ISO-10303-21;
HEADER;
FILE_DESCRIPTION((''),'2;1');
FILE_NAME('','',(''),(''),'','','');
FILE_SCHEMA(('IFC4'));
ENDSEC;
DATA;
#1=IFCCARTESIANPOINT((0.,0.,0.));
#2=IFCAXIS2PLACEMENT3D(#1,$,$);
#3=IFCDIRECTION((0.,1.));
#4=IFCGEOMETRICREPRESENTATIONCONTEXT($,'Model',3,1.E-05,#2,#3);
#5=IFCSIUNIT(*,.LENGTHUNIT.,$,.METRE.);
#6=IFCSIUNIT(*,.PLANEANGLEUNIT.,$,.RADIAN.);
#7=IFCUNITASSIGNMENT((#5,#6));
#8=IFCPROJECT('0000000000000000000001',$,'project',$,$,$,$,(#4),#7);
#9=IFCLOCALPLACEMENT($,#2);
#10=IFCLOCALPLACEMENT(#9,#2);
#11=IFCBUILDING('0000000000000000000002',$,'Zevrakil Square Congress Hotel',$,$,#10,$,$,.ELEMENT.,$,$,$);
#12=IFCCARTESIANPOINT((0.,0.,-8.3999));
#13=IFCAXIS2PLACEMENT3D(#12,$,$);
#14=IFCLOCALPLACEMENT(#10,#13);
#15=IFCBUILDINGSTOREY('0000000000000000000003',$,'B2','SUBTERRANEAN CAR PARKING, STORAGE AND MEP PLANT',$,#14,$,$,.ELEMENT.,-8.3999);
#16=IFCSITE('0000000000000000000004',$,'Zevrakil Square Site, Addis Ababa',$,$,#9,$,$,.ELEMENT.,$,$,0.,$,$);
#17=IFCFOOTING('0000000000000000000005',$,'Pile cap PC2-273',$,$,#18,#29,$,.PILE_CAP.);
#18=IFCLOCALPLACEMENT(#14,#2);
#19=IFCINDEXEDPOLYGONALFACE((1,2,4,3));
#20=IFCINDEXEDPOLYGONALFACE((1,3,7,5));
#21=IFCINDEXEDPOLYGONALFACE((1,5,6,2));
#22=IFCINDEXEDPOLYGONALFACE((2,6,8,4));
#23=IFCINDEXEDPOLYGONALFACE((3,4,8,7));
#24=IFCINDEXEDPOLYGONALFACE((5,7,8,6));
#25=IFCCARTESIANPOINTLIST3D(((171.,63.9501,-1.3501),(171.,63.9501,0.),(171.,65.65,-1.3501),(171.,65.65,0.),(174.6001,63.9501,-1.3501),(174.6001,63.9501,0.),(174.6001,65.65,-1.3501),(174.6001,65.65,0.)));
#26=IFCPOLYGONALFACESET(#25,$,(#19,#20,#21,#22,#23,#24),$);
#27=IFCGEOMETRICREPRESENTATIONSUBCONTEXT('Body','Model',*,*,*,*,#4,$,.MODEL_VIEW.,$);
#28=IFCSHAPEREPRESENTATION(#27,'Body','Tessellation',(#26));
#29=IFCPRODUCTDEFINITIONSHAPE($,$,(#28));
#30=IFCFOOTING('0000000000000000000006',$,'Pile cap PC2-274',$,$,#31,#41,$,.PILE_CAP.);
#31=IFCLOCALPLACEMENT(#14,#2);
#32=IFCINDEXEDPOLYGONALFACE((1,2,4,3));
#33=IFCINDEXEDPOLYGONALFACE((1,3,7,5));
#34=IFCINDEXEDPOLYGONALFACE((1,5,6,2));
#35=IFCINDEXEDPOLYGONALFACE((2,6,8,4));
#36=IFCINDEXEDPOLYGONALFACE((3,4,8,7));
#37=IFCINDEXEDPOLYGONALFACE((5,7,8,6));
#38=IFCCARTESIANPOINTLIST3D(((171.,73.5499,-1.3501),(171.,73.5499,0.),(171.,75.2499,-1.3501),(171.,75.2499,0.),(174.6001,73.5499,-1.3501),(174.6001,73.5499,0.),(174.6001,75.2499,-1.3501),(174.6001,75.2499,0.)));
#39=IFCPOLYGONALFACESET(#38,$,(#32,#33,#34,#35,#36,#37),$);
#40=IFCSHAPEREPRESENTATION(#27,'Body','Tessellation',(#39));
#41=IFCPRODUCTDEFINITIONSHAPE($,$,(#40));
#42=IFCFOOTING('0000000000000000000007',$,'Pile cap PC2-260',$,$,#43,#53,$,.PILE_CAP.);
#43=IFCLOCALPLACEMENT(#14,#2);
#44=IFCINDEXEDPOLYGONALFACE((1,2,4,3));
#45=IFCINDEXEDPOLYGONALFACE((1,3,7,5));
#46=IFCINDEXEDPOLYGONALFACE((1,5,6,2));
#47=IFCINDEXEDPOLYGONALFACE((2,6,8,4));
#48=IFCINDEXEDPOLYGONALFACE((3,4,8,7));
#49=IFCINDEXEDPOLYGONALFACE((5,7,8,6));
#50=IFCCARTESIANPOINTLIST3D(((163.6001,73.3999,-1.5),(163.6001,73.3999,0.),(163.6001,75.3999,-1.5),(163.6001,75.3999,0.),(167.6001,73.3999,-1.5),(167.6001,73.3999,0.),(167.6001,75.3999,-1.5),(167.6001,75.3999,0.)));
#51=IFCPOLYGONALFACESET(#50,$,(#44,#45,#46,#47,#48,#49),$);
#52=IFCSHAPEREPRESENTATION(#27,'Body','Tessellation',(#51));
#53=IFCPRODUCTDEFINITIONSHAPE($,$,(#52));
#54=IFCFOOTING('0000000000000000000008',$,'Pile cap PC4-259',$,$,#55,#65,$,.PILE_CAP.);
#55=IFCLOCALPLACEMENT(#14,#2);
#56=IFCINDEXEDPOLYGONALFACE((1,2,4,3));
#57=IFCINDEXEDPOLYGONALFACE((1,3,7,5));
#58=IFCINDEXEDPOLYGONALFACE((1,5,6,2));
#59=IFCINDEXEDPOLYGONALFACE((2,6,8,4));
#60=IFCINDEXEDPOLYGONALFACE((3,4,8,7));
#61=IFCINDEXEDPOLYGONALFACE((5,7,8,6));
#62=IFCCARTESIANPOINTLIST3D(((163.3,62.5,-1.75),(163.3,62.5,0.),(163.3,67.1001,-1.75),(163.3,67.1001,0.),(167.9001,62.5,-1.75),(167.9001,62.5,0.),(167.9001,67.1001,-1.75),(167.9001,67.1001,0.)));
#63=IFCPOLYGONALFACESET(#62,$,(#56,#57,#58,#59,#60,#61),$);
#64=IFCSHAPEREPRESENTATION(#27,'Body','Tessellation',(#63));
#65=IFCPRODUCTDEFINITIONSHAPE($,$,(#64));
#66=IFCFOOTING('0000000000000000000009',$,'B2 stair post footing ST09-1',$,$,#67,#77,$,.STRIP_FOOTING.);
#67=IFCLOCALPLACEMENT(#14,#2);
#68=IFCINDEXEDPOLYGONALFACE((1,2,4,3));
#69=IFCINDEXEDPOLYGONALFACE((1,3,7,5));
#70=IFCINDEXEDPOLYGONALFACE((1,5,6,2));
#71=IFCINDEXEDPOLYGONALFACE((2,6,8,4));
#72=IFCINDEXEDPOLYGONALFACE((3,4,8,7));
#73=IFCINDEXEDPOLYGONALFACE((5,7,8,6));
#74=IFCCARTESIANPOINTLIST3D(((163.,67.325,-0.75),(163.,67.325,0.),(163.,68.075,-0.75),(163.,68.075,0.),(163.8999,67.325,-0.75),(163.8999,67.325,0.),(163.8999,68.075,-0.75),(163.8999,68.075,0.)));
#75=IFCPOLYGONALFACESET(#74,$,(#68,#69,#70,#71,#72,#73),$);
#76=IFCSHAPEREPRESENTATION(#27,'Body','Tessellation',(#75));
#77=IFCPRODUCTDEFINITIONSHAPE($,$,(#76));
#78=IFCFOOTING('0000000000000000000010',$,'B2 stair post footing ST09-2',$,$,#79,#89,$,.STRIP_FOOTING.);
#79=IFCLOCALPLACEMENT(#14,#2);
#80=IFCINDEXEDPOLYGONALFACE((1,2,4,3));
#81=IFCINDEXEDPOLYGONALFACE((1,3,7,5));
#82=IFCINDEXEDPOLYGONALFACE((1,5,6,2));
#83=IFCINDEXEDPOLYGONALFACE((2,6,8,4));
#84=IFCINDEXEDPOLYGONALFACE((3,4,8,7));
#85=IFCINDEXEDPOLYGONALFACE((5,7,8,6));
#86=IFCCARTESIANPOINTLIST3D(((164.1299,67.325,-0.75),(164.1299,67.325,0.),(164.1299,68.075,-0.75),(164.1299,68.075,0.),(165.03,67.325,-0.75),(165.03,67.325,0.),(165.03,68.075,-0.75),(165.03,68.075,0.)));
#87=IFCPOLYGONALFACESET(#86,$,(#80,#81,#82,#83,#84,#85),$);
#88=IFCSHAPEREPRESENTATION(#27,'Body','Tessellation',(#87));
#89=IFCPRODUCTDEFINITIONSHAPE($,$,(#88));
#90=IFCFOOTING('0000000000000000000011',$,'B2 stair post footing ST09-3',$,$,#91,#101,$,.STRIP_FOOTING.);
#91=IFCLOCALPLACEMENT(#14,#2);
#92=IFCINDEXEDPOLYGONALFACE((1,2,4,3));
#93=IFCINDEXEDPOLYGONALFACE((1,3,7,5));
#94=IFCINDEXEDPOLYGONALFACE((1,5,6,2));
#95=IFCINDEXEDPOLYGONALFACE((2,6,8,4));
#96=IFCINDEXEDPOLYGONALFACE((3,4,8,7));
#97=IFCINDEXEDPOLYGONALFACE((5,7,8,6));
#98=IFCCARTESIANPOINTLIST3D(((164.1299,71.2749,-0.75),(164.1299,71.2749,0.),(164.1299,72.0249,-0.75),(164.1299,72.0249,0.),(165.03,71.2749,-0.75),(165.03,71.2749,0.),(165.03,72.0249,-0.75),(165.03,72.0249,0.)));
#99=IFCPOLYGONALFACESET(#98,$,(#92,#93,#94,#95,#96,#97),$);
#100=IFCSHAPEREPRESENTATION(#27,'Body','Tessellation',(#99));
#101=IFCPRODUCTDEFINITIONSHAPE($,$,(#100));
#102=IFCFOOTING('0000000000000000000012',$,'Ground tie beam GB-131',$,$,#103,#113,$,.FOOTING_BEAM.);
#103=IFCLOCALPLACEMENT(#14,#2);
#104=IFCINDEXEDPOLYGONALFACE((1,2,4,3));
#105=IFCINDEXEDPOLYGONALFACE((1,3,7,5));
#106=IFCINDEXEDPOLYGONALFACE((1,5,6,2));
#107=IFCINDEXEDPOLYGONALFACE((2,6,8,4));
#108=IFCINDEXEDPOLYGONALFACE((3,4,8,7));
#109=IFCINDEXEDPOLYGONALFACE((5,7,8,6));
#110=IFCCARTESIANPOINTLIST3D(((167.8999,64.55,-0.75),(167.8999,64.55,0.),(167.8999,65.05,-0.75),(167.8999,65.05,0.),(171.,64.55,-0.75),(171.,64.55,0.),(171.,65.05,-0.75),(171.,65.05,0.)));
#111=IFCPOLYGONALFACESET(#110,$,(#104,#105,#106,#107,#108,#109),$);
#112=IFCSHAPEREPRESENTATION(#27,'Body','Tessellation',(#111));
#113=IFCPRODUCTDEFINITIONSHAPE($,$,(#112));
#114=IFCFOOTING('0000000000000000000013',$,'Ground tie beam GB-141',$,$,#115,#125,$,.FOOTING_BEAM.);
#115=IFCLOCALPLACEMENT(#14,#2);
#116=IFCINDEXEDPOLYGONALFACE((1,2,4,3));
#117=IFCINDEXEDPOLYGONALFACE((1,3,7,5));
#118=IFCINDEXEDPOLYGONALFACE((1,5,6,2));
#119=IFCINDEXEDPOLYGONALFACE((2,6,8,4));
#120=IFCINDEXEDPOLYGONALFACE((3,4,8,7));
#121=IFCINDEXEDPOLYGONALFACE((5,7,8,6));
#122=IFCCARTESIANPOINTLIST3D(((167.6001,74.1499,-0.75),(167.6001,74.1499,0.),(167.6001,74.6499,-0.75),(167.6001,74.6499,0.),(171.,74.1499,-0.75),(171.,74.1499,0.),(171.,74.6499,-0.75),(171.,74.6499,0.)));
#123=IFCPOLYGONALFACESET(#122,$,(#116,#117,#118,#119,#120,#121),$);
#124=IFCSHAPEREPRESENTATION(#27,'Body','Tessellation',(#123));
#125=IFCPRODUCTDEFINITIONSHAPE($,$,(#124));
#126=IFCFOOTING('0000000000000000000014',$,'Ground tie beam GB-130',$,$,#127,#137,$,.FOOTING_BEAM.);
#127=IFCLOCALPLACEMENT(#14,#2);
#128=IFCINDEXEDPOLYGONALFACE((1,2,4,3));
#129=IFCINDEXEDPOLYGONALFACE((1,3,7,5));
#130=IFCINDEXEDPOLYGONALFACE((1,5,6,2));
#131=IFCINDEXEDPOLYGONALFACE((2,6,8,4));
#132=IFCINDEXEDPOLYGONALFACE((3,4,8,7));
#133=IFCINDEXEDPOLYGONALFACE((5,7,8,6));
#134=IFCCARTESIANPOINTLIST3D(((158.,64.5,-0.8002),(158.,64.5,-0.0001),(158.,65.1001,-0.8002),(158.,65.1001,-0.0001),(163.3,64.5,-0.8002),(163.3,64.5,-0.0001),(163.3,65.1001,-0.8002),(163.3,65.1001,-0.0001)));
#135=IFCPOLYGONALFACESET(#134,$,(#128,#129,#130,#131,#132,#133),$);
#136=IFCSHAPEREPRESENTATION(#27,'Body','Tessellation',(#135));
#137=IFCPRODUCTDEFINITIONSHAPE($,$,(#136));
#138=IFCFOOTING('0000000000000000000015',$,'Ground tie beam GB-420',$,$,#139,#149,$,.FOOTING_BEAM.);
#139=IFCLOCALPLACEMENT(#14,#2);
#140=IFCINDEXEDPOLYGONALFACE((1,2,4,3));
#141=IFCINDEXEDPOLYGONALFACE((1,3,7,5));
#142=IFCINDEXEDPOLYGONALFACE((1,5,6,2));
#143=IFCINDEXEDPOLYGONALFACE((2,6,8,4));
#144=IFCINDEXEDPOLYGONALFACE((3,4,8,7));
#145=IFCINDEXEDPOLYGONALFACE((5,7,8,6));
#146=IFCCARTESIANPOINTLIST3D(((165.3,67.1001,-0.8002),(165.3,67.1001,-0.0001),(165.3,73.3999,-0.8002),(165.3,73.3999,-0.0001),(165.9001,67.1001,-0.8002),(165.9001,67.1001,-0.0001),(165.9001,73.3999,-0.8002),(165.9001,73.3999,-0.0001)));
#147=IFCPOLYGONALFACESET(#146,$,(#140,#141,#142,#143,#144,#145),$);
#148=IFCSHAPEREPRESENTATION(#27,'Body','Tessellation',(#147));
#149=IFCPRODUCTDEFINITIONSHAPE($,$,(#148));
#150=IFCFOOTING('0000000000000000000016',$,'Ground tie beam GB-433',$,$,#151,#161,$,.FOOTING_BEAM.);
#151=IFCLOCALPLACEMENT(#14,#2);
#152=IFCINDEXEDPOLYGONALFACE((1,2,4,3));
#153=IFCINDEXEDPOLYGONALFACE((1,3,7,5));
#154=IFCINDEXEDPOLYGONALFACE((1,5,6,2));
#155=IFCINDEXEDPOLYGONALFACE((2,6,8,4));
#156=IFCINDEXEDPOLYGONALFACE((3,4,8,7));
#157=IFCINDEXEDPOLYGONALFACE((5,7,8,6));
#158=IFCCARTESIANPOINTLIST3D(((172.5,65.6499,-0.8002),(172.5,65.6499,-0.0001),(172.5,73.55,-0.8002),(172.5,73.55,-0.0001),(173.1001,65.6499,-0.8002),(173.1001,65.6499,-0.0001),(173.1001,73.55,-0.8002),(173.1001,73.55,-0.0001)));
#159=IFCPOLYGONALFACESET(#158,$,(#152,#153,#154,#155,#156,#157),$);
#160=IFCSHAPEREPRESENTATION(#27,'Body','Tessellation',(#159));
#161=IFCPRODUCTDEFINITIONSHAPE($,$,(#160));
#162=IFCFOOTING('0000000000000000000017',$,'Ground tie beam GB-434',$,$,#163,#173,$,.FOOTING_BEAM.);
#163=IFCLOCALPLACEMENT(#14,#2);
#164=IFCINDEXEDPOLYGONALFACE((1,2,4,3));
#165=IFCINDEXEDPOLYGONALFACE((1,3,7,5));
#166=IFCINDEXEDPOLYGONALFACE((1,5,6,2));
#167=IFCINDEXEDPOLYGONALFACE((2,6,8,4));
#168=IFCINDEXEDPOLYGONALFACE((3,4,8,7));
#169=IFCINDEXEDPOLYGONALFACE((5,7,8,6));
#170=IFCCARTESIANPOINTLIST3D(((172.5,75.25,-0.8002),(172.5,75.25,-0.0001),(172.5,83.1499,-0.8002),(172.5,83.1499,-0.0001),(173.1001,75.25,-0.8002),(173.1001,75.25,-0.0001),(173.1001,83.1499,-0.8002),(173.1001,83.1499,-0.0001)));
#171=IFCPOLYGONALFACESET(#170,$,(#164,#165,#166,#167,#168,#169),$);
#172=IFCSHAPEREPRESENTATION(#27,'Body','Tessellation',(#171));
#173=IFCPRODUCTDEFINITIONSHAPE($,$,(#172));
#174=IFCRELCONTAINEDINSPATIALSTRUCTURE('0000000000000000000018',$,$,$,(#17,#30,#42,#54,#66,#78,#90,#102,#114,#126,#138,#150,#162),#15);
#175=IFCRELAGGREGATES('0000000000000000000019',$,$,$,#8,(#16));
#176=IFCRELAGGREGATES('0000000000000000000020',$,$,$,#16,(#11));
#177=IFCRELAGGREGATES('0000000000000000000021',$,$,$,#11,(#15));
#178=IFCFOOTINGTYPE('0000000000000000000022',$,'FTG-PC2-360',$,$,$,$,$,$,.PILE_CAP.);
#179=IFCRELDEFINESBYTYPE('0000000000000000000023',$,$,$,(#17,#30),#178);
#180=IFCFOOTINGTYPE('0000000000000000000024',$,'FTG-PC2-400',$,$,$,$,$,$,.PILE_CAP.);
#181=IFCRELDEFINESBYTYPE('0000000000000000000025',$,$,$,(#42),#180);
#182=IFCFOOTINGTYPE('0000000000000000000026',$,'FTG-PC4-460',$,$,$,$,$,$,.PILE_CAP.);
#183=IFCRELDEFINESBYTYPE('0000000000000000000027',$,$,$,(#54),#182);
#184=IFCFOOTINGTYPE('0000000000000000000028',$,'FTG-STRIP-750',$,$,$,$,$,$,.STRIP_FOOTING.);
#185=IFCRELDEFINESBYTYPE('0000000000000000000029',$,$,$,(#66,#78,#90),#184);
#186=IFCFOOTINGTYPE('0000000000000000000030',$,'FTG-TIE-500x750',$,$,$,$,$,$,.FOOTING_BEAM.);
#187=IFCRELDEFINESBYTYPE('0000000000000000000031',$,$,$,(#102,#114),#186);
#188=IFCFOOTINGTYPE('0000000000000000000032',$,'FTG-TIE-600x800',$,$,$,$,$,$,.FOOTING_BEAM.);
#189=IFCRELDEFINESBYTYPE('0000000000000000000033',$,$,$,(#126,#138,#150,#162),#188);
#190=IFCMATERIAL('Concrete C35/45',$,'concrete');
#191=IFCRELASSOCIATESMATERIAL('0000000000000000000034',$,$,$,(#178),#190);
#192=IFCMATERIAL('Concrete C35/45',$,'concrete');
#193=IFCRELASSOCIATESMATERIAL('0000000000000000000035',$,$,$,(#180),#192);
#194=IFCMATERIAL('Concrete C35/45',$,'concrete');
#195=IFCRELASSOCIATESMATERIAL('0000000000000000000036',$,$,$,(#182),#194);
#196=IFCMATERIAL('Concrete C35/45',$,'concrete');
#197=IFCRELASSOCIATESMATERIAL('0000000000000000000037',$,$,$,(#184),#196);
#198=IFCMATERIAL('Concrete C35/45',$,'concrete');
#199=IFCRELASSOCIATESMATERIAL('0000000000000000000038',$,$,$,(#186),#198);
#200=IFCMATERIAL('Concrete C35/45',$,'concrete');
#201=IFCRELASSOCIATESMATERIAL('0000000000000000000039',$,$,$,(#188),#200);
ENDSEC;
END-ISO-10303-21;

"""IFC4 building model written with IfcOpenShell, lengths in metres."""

from ifc_helpers import new_model, si_unit, direction, frame, origin, origin_2d, place, context, subcontext, project, spatial, rectangle, extrude, material, material_profile, profile_set, type_object, element, save


model = new_model("IFC4")

# Units and contexts
model_context = context("Model", 3, precision=1e-05, world=origin(), true_north=direction((0.0, 1.0)))
body_context = subcontext(model_context, "Body", "Model", "MODEL_VIEW")
ifc_project = project(units=[si_unit("LENGTHUNIT", "METRE"), si_unit("PLANEANGLEUNIT", "RADIAN")], contexts=[model_context])

# Site, building, storey
site_placement = place(None, origin())
site = spatial("IfcSite", under=ifc_project, at=site_placement, Name="Zevrakil Square Site, Addis Ababa", CompositionType="ELEMENT", RefElevation=0.0)
building_placement = place(site_placement, origin())
building = spatial("IfcBuilding", under=site, at=building_placement, Name="Zevrakil Square Congress Hotel", CompositionType="ELEMENT")
storey_placement = place(building_placement, frame((0.0, 0.0, -8.3999)))
storey = spatial("IfcBuildingStorey", under=building, at=storey_placement, Name="B2", Description="SUBTERRANEAN CAR PARKING, STORAGE AND MEP PLANT", CompositionType="ELEMENT", Elevation=-8.3999)

# Footings
ifc_material_1 = material(Name="Concrete C35/45", Category="concrete")
footing_type_1 = type_object("IfcFootingType", Name="FTG-PC2-360", PredefinedType="PILE_CAP", material=ifc_material_1)
for number, where, z_axis, x_axis, name in (
    (1, (172.8, 64.8, -1.3501), (0.0, 0.0, 1.0), (1.0, 0.0, 0.0), "Pile cap PC2-273"),
    (2, (172.8, 74.3999, -1.3501), (0.0, 0.0, 1.0), (1.0, 0.0, 0.0), "Pile cap PC2-274"),
):
    element("IfcFooting", number, at=place(storey_placement, frame(where, z_axis=z_axis, x_axis=x_axis)), inside=storey, type_object=footing_type_1, Name=name, PredefinedType="PILE_CAP", context=body_context, shape_type="SweptSolid", body=[
        extrude(rectangle(XDim=3.6001, YDim=1.7, at=origin_2d()), origin(), (0.0, 0.0, 1.0), 1.3501),
    ])
ifc_material_2 = material(Name="Concrete C35/45", Category="concrete")
footing_type_2 = type_object("IfcFootingType", Name="FTG-PC2-400", PredefinedType="PILE_CAP", material=ifc_material_2)
footing_1_placement = place(storey_placement, frame((165.6001, 74.3999, -1.5), z_axis=(0.0, 0.0, 1.0), x_axis=(1.0, 0.0, 0.0)))
element("IfcFooting", 3, at=footing_1_placement, inside=storey, type_object=footing_type_2, Name="Pile cap PC2-260", PredefinedType="PILE_CAP", context=body_context, shape_type="SweptSolid", body=[
    extrude(rectangle(XDim=4.0, YDim=2.0, at=origin_2d()), origin(), (0.0, 0.0, 1.0), 1.5),
])
ifc_material_3 = material(Name="Concrete C35/45", Category="concrete")
footing_type_3 = type_object("IfcFootingType", Name="FTG-PC4-460", PredefinedType="PILE_CAP", material=ifc_material_3)
footing_2_placement = place(storey_placement, frame((165.6001, 64.8, -1.75), z_axis=(0.0, 0.0, 1.0), x_axis=(1.0, 0.0, 0.0)))
element("IfcFooting", 4, at=footing_2_placement, inside=storey, type_object=footing_type_3, Name="Pile cap PC4-259", PredefinedType="PILE_CAP", context=body_context, shape_type="SweptSolid", body=[
    extrude(rectangle(XDim=4.6001, YDim=4.6001, at=origin_2d()), origin(), (0.0, 0.0, 1.0), 1.75),
])
ifc_material_4 = material(Name="Concrete C35/45", Category="concrete")
ifc_material_profile_1 = material_profile(ifc_material_4, rectangle(XDim=0.75, YDim=0.75, at=origin_2d()), Name="RC 750x750")
ifc_profile_set_1 = profile_set([ifc_material_profile_1], Name="Concrete C35/45")
footing_type_4 = type_object("IfcFootingType", Name="FTG-STRIP-750", PredefinedType="STRIP_FOOTING", material=ifc_profile_set_1)
footing_3_placement = place(storey_placement, frame((163.0, 67.7, -0.375), z_axis=(1.0, 0.0, 0.0), x_axis=(0.0, 1.0, 0.0)))
element("IfcFooting", 5, at=footing_3_placement, inside=storey, type_object=footing_type_4, Name="B2 stair post footing ST09-1", PredefinedType="STRIP_FOOTING", context=body_context, shape_type="SweptSolid", body=[
    extrude(rectangle(XDim=0.75, YDim=0.75, at=origin_2d()), origin(), (0.0, 0.0, 1.0), 0.8999),
])
for number, where, z_axis, x_axis, name in (
    (6, (164.1299, 67.7, -0.375), (1.0, 0.0, 0.0), (0.0, 1.0, 0.0), "B2 stair post footing ST09-2"),
    (7, (164.1299, 71.6499, -0.375), (1.0, 0.0, 0.0), (0.0, 1.0, 0.0), "B2 stair post footing ST09-3"),
):
    element("IfcFooting", number, at=place(storey_placement, frame(where, z_axis=z_axis, x_axis=x_axis)), inside=storey, type_object=footing_type_4, Name=name, PredefinedType="STRIP_FOOTING", context=body_context, shape_type="SweptSolid", body=[
        extrude(rectangle(XDim=0.75, YDim=0.75, at=origin_2d()), origin(), (0.0, 0.0, 1.0), 0.9001),
    ])
ifc_material_5 = material(Name="Concrete C35/45", Category="concrete")
ifc_material_profile_2 = material_profile(ifc_material_5, rectangle(XDim=0.5, YDim=0.75, at=origin_2d()), Name="RC 500x750")
ifc_profile_set_2 = profile_set([ifc_material_profile_2], Name="Concrete C35/45")
footing_type_5 = type_object("IfcFootingType", Name="FTG-TIE-500x750", PredefinedType="FOOTING_BEAM", material=ifc_profile_set_2)
footing_4_placement = place(storey_placement, frame((167.8999, 64.8, -0.375), z_axis=(1.0, 0.0, 0.0), x_axis=(0.0, 1.0, 0.0)))
element("IfcFooting", 8, at=footing_4_placement, inside=storey, type_object=footing_type_5, Name="Ground tie beam GB-131", PredefinedType="FOOTING_BEAM", context=body_context, shape_type="SweptSolid", body=[
    extrude(rectangle(XDim=0.5, YDim=0.75, at=origin_2d()), origin(), (0.0, 0.0, 1.0), 3.1001),
])
footing_5_placement = place(storey_placement, frame((167.6001, 74.3999, -0.375), z_axis=(1.0, 0.0, 0.0), x_axis=(0.0, 1.0, 0.0)))
element("IfcFooting", 9, at=footing_5_placement, inside=storey, type_object=footing_type_5, Name="Ground tie beam GB-141", PredefinedType="FOOTING_BEAM", context=body_context, shape_type="SweptSolid", body=[
    extrude(rectangle(XDim=0.5, YDim=0.75, at=origin_2d()), origin(), (0.0, 0.0, 1.0), 3.3999),
])
ifc_material_6 = material(Name="Concrete C35/45", Category="concrete")
ifc_material_profile_3 = material_profile(ifc_material_6, rectangle(XDim=0.6001, YDim=0.8, at=origin_2d()), Name="RC 600x800")
ifc_profile_set_3 = profile_set([ifc_material_profile_3], Name="Concrete C35/45")
footing_type_6 = type_object("IfcFootingType", Name="FTG-TIE-600x800", PredefinedType="FOOTING_BEAM", material=ifc_profile_set_3)
footing_6_placement = place(storey_placement, frame((158.0, 64.8, -0.4001), z_axis=(1.0, 0.0, 0.0), x_axis=(0.0, 1.0, 0.0)))
element("IfcFooting", 10, at=footing_6_placement, inside=storey, type_object=footing_type_6, Name="Ground tie beam GB-130", PredefinedType="FOOTING_BEAM", context=body_context, shape_type="SweptSolid", body=[
    extrude(rectangle(XDim=0.6001, YDim=0.8, at=origin_2d()), origin(), (0.0, 0.0, 1.0), 5.3),
])
footing_7_placement = place(storey_placement, frame((165.6001, 67.1001, -0.4001), z_axis=(0.0, 1.0, 0.0), x_axis=(-1.0, 0.0, 0.0)))
element("IfcFooting", 11, at=footing_7_placement, inside=storey, type_object=footing_type_6, Name="Ground tie beam GB-420", PredefinedType="FOOTING_BEAM", context=body_context, shape_type="SweptSolid", body=[
    extrude(rectangle(XDim=0.6001, YDim=0.8, at=origin_2d()), origin(), (0.0, 0.0, 1.0), 6.2998),
])
footing_8_placement = place(storey_placement, frame((172.8, 65.6499, -0.4001), z_axis=(0.0, 1.0, 0.0), x_axis=(-1.0, 0.0, 0.0)))
element("IfcFooting", 12, at=footing_8_placement, inside=storey, type_object=footing_type_6, Name="Ground tie beam GB-433", PredefinedType="FOOTING_BEAM", context=body_context, shape_type="SweptSolid", body=[
    extrude(rectangle(XDim=0.6001, YDim=0.8, at=origin_2d()), origin(), (0.0, 0.0, 1.0), 7.9001),
])
footing_9_placement = place(storey_placement, frame((172.8, 75.25, -0.4001), z_axis=(0.0, 1.0, 0.0), x_axis=(-1.0, 0.0, 0.0)))
element("IfcFooting", 13, at=footing_9_placement, inside=storey, type_object=footing_type_6, Name="Ground tie beam GB-434", PredefinedType="FOOTING_BEAM", context=body_context, shape_type="SweptSolid", body=[
    extrude(rectangle(XDim=0.6001, YDim=0.8, at=origin_2d()), origin(), (0.0, 0.0, 1.0), 7.8999),
])

save(model, "model.ifc")
